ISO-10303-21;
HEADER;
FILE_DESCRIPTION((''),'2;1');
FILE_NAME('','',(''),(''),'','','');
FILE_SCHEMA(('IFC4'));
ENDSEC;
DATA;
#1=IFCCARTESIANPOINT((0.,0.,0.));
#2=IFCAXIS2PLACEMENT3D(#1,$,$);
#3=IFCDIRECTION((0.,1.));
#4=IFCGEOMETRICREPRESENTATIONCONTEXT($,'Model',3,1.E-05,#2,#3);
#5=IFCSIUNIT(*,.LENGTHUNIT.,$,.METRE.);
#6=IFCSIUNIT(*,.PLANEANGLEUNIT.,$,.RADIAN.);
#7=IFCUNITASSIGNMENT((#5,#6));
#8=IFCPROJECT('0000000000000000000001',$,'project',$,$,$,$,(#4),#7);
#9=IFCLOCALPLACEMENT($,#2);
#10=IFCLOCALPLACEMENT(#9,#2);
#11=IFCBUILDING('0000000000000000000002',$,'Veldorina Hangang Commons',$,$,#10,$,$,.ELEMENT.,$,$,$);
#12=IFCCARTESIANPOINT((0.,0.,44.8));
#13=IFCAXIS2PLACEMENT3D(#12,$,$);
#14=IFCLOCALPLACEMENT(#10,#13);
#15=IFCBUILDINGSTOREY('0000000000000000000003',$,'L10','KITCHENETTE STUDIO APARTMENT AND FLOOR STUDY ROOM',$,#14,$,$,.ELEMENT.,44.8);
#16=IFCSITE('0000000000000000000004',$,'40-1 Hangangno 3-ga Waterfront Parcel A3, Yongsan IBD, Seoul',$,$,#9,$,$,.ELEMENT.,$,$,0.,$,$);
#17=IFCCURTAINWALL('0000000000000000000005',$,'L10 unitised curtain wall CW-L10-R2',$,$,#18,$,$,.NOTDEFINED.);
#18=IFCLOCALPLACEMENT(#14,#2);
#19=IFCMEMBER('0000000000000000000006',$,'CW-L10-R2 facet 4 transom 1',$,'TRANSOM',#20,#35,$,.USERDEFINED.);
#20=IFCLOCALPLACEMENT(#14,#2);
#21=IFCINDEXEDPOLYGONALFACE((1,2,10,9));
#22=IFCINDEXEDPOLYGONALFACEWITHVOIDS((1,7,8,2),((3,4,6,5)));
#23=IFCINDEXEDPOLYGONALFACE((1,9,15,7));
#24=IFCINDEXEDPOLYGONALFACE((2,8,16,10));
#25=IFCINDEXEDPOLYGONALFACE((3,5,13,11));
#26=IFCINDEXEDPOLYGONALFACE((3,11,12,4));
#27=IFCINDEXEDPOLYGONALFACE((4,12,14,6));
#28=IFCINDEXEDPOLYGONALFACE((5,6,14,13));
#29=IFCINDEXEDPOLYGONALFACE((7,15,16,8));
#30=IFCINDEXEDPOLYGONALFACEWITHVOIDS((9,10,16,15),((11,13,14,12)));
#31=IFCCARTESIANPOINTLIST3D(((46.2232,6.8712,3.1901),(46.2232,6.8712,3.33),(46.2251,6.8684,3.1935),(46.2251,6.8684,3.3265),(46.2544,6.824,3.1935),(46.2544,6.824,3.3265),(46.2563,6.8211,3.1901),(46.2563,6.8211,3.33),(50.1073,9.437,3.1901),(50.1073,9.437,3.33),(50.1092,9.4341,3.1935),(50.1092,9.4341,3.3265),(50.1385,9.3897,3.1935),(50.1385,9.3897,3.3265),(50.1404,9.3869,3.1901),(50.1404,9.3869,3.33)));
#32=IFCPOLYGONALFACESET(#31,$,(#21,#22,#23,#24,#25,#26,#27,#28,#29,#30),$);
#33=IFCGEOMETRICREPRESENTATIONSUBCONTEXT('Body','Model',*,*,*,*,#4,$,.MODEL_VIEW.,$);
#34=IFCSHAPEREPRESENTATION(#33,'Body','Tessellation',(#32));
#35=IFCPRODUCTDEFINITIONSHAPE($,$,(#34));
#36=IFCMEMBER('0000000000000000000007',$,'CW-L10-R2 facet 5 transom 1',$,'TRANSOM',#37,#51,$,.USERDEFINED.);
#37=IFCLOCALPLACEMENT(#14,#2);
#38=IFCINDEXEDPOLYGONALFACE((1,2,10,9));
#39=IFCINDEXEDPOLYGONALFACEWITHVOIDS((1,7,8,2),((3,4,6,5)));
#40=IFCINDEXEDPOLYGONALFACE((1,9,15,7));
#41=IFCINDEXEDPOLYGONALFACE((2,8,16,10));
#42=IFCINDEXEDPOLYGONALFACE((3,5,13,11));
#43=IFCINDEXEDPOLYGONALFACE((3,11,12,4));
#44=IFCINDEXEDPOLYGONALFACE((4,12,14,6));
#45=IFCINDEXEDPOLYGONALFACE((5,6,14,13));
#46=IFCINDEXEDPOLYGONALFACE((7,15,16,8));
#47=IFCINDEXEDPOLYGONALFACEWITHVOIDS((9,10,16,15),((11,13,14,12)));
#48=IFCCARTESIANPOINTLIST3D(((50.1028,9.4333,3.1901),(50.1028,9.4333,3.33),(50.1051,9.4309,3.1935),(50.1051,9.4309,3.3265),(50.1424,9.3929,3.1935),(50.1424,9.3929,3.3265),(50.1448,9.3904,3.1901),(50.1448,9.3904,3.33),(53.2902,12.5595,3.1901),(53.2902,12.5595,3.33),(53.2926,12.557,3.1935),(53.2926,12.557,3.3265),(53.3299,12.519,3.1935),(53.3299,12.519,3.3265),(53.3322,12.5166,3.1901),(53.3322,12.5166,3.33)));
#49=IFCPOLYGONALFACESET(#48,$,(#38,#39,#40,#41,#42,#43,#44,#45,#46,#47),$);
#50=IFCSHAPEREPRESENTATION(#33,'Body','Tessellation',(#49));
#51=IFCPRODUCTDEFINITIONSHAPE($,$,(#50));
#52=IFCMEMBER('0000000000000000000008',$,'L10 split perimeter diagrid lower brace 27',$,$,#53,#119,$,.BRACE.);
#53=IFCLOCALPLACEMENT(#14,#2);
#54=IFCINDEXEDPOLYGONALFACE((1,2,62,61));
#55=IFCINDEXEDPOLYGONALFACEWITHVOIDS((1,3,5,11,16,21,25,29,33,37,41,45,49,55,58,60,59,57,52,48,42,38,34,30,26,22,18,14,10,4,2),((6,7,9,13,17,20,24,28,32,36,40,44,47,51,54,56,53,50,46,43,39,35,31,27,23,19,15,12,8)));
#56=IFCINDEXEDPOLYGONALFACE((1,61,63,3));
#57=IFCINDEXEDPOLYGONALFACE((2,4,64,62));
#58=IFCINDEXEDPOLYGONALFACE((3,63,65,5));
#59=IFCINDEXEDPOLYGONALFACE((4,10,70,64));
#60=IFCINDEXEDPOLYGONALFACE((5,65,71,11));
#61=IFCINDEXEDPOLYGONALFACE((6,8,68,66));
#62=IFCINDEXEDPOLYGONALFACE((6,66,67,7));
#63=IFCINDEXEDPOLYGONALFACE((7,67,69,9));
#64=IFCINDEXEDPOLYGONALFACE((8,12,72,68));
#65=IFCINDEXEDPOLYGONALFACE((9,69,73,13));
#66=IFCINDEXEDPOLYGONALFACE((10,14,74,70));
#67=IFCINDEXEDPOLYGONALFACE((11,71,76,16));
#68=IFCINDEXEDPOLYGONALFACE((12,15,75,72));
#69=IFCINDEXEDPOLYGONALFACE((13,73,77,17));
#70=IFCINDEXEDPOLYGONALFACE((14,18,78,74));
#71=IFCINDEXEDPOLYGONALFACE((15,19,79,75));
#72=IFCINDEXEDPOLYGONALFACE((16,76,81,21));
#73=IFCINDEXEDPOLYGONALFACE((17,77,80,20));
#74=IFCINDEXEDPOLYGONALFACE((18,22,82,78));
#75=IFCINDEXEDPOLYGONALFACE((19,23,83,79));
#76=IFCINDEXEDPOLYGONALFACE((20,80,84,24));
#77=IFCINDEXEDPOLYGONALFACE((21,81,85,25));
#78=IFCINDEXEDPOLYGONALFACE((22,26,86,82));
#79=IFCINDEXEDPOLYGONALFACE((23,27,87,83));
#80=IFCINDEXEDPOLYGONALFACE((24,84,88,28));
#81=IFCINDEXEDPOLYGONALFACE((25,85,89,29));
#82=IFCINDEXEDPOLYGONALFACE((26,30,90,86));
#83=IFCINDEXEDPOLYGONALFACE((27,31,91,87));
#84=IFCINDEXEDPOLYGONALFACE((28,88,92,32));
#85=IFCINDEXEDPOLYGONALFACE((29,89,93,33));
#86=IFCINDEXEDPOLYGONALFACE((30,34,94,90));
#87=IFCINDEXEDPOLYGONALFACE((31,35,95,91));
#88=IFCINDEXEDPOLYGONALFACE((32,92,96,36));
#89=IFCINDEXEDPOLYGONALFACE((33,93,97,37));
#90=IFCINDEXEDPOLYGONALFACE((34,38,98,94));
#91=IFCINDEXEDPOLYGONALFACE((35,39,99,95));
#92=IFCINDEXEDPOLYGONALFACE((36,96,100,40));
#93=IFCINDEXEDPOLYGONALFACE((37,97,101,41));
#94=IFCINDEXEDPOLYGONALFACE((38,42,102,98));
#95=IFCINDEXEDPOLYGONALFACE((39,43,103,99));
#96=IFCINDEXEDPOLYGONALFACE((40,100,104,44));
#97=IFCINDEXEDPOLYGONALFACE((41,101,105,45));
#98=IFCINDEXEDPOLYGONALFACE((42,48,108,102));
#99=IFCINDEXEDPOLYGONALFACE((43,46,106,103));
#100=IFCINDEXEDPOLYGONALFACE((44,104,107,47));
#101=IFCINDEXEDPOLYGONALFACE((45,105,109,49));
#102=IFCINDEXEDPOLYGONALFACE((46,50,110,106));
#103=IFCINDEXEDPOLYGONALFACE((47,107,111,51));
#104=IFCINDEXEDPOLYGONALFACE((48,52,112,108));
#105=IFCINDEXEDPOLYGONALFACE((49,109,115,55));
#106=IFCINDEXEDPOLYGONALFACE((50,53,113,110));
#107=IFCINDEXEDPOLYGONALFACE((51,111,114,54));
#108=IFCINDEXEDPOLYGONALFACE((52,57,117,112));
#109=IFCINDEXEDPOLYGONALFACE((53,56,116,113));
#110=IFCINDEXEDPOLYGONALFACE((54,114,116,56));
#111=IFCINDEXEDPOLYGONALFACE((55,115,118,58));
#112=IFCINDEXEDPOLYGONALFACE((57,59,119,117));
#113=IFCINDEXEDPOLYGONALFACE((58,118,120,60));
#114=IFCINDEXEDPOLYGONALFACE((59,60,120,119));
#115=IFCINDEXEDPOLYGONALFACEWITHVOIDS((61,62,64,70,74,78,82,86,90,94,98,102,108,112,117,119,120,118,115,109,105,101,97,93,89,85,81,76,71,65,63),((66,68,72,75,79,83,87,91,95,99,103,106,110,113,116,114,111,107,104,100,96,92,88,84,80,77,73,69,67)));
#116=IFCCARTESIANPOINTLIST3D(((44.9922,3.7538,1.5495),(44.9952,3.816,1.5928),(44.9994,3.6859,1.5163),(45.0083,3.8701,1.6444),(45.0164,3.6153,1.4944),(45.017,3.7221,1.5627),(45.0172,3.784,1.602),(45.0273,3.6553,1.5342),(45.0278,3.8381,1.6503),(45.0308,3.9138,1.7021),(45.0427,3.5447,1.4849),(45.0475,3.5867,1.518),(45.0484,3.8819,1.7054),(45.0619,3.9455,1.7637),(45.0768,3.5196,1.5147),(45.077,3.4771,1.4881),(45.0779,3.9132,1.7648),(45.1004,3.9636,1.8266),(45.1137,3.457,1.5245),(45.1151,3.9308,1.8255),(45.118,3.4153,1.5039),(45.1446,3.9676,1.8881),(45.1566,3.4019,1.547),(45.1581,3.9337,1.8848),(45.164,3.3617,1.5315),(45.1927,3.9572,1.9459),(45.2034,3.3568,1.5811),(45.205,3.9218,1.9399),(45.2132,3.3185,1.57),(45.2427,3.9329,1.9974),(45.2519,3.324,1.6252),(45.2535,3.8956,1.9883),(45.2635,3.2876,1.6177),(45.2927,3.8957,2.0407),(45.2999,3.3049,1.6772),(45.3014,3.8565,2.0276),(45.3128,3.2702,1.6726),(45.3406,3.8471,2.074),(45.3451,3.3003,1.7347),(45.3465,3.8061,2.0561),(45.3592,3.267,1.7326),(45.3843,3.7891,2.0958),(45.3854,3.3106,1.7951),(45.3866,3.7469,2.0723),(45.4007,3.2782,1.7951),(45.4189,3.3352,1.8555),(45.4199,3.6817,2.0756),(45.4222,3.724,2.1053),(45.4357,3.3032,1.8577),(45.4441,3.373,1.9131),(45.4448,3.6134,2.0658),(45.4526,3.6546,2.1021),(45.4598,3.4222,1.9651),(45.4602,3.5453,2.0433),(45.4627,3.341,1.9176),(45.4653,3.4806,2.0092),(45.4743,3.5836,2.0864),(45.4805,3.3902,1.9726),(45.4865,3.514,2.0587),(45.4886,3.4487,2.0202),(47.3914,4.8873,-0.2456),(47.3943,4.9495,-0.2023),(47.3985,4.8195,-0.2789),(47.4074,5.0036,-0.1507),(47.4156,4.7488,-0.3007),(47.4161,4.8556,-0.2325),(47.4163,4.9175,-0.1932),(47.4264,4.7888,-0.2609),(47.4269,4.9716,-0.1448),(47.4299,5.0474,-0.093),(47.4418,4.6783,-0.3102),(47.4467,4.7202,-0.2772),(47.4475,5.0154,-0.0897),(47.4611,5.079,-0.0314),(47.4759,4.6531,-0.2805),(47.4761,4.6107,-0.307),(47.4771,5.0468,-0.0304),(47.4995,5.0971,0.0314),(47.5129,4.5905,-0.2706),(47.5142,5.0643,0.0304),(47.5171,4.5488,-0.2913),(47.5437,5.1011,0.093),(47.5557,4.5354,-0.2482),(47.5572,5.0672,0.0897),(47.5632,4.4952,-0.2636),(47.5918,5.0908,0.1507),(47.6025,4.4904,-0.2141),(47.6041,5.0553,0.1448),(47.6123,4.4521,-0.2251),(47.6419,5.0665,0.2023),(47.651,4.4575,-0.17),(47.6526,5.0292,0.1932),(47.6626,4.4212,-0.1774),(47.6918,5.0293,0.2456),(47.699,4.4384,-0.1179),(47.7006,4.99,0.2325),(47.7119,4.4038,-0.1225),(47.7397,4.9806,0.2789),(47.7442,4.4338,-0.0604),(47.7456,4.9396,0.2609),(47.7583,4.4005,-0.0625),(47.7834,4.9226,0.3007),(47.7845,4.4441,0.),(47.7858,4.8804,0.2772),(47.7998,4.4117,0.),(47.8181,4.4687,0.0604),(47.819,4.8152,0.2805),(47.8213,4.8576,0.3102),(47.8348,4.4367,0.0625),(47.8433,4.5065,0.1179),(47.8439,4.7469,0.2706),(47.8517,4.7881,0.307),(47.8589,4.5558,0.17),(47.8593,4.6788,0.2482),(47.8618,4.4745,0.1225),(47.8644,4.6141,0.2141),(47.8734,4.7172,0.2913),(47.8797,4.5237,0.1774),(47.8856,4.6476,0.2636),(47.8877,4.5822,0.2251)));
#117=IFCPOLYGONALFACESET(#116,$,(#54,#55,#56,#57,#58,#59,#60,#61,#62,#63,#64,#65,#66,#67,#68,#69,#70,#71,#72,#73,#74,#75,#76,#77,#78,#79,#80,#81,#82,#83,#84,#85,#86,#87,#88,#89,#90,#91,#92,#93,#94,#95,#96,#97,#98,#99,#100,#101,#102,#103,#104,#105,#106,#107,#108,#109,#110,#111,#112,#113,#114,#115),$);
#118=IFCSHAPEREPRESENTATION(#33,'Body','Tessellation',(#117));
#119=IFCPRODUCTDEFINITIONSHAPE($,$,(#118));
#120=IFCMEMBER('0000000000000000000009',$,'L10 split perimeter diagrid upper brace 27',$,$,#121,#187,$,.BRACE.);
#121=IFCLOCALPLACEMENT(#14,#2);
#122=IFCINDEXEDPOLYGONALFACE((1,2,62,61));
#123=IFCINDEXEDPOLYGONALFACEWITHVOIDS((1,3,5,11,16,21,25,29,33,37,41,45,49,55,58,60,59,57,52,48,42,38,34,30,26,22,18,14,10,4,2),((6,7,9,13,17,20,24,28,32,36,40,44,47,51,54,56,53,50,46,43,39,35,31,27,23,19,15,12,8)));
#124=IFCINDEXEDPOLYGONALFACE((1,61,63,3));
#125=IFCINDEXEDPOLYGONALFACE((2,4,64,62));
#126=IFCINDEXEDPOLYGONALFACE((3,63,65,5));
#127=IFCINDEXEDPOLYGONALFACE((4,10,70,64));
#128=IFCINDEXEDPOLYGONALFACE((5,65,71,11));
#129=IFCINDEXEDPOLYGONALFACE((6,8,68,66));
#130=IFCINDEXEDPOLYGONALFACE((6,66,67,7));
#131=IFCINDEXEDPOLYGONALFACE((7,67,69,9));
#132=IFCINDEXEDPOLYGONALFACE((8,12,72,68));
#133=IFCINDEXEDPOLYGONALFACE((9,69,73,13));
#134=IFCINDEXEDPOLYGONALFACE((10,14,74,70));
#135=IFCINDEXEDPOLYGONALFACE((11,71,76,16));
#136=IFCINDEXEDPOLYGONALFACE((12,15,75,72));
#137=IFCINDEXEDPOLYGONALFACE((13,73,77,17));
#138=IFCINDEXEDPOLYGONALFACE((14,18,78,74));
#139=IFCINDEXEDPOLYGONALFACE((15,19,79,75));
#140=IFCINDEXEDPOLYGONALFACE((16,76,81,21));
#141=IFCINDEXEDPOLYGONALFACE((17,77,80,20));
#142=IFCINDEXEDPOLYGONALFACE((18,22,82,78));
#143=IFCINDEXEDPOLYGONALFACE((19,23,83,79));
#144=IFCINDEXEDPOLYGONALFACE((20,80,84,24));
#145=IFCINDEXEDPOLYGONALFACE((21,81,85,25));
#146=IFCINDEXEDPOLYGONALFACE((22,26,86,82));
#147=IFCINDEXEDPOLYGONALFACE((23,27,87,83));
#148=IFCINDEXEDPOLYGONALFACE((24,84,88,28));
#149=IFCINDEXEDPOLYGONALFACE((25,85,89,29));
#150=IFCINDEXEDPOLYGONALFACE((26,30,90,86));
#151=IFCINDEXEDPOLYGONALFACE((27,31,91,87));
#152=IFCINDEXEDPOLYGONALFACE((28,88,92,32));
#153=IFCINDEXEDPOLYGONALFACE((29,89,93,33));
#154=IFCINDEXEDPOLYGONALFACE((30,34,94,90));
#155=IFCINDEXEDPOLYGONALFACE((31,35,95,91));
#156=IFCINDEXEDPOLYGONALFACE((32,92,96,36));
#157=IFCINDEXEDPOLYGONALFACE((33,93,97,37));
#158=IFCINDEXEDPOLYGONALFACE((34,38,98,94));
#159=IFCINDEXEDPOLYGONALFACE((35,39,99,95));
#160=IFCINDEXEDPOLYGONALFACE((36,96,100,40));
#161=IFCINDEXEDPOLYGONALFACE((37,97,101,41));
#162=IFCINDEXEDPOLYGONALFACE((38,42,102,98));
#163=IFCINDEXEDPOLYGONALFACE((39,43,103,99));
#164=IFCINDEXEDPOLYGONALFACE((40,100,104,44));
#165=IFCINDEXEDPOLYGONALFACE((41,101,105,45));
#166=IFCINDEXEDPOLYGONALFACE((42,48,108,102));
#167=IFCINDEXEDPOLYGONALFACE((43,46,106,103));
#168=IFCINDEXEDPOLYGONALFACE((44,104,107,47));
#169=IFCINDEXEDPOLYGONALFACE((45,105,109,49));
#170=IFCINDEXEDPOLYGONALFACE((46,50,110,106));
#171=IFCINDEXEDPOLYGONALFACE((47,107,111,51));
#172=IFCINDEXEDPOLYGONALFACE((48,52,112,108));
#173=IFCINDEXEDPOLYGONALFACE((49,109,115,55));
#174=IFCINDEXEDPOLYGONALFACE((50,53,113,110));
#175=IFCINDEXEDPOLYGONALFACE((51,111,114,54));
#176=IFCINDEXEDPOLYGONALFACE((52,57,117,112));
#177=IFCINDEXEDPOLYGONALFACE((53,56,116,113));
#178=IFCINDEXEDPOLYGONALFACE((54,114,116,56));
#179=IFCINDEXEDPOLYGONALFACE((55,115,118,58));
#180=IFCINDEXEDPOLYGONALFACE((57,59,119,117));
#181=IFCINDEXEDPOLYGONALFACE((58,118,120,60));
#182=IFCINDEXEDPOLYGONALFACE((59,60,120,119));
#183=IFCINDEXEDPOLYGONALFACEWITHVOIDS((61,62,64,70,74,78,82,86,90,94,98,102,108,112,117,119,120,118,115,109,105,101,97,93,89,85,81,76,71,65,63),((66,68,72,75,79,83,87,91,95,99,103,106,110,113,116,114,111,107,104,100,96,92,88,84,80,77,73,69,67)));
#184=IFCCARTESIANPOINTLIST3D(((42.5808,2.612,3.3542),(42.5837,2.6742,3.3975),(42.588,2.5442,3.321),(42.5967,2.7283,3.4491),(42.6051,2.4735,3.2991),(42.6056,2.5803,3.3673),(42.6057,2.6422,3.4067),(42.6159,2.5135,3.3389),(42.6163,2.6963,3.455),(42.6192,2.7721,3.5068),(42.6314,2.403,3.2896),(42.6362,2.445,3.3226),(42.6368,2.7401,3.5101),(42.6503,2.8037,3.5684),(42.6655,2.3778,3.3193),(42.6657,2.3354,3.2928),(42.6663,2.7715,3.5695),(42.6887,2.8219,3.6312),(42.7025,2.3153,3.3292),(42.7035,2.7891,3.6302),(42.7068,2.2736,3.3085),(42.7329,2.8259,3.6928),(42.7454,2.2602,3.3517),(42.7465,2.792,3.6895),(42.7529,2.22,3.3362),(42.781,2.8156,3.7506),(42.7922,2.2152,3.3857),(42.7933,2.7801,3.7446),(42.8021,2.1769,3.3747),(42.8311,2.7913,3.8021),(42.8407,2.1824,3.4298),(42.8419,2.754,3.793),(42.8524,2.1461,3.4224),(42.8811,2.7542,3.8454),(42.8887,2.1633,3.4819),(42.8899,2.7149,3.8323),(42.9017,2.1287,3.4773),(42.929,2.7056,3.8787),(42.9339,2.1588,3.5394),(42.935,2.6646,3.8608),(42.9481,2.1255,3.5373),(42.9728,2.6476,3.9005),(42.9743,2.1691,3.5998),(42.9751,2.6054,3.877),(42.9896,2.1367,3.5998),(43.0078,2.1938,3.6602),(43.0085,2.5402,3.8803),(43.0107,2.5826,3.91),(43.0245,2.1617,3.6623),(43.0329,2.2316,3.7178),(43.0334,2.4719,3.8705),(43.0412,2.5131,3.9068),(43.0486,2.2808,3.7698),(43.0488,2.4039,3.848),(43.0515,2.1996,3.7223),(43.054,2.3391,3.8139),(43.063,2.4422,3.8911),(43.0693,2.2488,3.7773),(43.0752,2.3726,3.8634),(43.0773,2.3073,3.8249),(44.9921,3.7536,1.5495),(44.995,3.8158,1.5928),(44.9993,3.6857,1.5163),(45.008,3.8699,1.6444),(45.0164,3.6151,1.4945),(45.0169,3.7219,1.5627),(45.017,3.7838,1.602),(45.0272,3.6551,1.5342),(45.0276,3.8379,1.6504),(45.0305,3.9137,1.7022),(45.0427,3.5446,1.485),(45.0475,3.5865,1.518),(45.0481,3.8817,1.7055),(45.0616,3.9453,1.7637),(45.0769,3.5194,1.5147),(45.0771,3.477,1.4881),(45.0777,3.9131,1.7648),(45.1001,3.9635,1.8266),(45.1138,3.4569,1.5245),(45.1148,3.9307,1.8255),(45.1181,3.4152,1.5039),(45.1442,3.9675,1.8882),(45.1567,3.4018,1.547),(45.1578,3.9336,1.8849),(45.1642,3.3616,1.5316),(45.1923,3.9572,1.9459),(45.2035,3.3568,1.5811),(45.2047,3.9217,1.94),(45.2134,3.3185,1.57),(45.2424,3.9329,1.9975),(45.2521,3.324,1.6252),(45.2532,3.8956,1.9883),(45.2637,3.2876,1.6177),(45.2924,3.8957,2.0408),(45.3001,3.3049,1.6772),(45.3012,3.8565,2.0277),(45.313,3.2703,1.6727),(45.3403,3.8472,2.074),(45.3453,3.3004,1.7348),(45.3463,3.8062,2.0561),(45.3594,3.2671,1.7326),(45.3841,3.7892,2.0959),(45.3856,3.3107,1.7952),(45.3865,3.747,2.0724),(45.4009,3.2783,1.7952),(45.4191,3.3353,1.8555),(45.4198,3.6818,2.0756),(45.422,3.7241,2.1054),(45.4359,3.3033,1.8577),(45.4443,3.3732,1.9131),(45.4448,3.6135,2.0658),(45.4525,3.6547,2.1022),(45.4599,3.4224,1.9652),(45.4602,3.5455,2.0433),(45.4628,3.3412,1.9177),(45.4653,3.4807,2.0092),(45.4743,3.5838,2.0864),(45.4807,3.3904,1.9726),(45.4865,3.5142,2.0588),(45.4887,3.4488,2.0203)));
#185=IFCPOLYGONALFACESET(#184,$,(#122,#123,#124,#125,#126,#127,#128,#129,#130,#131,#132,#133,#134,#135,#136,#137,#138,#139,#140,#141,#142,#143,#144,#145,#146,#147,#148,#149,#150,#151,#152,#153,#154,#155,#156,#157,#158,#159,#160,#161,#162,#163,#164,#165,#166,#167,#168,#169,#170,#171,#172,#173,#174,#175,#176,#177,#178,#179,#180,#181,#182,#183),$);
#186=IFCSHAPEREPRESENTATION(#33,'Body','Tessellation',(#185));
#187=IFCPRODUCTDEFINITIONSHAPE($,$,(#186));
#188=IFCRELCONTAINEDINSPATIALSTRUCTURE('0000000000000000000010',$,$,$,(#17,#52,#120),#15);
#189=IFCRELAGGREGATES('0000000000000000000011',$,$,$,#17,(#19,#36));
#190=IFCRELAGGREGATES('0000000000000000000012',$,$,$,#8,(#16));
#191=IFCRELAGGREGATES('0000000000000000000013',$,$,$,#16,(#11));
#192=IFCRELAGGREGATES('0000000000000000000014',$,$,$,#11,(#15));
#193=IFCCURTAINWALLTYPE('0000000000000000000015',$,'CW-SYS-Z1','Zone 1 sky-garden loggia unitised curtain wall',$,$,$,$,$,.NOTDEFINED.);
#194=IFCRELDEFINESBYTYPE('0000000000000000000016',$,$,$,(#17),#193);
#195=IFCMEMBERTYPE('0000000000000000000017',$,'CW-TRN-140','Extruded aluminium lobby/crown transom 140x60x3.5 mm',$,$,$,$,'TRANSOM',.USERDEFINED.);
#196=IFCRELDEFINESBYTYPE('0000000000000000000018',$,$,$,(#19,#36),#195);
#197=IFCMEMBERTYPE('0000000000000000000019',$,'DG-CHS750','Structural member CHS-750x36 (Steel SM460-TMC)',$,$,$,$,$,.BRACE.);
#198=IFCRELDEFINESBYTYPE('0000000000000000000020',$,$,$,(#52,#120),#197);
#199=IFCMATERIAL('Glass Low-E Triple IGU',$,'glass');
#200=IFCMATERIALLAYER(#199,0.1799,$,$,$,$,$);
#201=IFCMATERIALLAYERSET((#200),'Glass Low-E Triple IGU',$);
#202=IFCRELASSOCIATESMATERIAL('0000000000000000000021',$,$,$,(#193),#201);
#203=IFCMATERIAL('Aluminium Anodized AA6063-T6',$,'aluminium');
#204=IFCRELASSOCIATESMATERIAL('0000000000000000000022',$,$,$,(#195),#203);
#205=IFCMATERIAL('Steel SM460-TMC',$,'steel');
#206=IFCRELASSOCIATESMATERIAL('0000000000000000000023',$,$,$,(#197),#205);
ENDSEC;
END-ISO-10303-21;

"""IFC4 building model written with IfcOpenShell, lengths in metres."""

from ifc_helpers import new_model, si_unit, direction, frame, origin, origin_2d, place, context, subcontext, project, spatial, hollow_rectangle, hollow_circle, extrude, material, layer, layer_set, material_profile, profile_set, type_object, element, aggregate, save


model = new_model("IFC4")

# Units and contexts
model_context = context("Model", 3, precision=1e-05, world=origin(), true_north=direction((0.0, 1.0)))
body_context = subcontext(model_context, "Body", "Model", "MODEL_VIEW")
ifc_project = project(units=[si_unit("LENGTHUNIT", "METRE"), si_unit("PLANEANGLEUNIT", "RADIAN")], contexts=[model_context])

# Site, building, storey
site_placement = place(None, origin())
site = spatial("IfcSite", under=ifc_project, at=site_placement, Name="40-1 Hangangno 3-ga Waterfront Parcel A3, Yongsan IBD, Seoul", CompositionType="ELEMENT", RefElevation=0.0)
building_placement = place(site_placement, origin())
building = spatial("IfcBuilding", under=site, at=building_placement, Name="Veldorina Hangang Commons", CompositionType="ELEMENT")
storey_placement = place(building_placement, frame((0.0, 0.0, 44.8)))
storey = spatial("IfcBuildingStorey", under=building, at=storey_placement, Name="L10", Description="KITCHENETTE STUDIO APARTMENT AND FLOOR STUDY ROOM", CompositionType="ELEMENT", Elevation=44.8)

# Shared definitions
ifc_material_1 = material(Name="Steel SM460-TMC", Category="steel")

# Curtain wall, members
ifc_material_2 = material(Name="Glass Low-E Triple IGU", Category="glass")
ifc_layer_1 = layer(ifc_material_2, 0.1799)
ifc_layer_set_1 = layer_set([ifc_layer_1], Name="Glass Low-E Triple IGU")
curtain_wall_type = type_object("IfcCurtainWallType", Name="CW-SYS-Z1", Description="Zone 1 sky-garden loggia unitised curtain wall", PredefinedType="NOTDEFINED", material=ifc_layer_set_1)
curtain_wall_placement = place(storey_placement, origin())
curtain_wall = element("IfcCurtainWall", 1, at=curtain_wall_placement, inside=storey, type_object=curtain_wall_type, Name="L10 unitised curtain wall CW-L10-R2", PredefinedType="NOTDEFINED")
ifc_material_3 = material(Name="Aluminium Anodized AA6063-T6", Category="aluminium")
ifc_material_profile_1 = material_profile(ifc_material_3, hollow_rectangle(XDim=0.0601, YDim=0.1399, WallThickness=0.0034, at=origin_2d()), Name="ALU-RHS-140x60x3.5")
ifc_profile_set_1 = profile_set([ifc_material_profile_1], Name="Aluminium Anodized AA6063-T6")
member_type_1 = type_object("IfcMemberType", Name="CW-TRN-140", Description="Extruded aluminium lobby/crown transom 140x60x3.5 mm", ElementType="TRANSOM", PredefinedType="USERDEFINED", material=ifc_profile_set_1)
member_1_placement = place(storey_placement, frame((46.2397, 6.8462, 3.26), z_axis=(0.834391, 0.551173, 0.0), x_axis=(-0.551173, 0.834391, 0.0)))
member_1 = element("IfcMember", 2, at=member_1_placement, type_object=member_type_1, Name="CW-L10-R2 facet 4 transom 1", ObjectType="TRANSOM", PredefinedType="USERDEFINED", context=body_context, shape_type="SweptSolid", body=[
    extrude(hollow_rectangle(XDim=0.0601, YDim=0.1399, WallThickness=0.0034, at=origin_2d()), origin(), (0.0, 0.0, 1.0), 4.655),
])
member_2_placement = place(storey_placement, frame((50.1238, 9.4119, 3.26), z_axis=(0.713936, 0.700211, 0.0), x_axis=(-0.700211, 0.713936, 0.0)))
member_2 = element("IfcMember", 3, at=member_2_placement, type_object=member_type_1, Name="CW-L10-R2 facet 5 transom 1", ObjectType="TRANSOM", PredefinedType="USERDEFINED", context=body_context, shape_type="SweptSolid", body=[
    extrude(hollow_rectangle(XDim=0.0601, YDim=0.1399, WallThickness=0.0034, at=origin_2d()), origin(), (0.0, 0.0, 1.0), 4.4646),
])

# Members
ifc_material_profile_2 = material_profile(ifc_material_1, hollow_circle(Radius=0.375, WallThickness=0.0359, at=origin_2d()), Name="CHS-750x36")
ifc_profile_set_2 = profile_set([ifc_material_profile_2], Name="Steel SM460-TMC")
member_type_2 = type_object("IfcMemberType", Name="DG-CHS750", Description="Structural member CHS-750x36 (Steel SM460-TMC)", PredefinedType="BRACE", material=ifc_profile_set_2)
member_3_placement = place(storey_placement, frame((47.6396, 4.7507, 0.0), z_axis=(-0.74888, -0.353826, 0.560345), x_axis=(0.427192, -0.904161, 0.0)))
element("IfcMember", 4, at=member_3_placement, inside=storey, type_object=member_type_2, Name="L10 split perimeter diagrid lower brace 27", PredefinedType="BRACE", context=body_context, shape_type="SweptSolid", body=[
    extrude(hollow_circle(Radius=0.375, WallThickness=0.0359, at=origin_2d()), origin(), (0.0, 0.0, 1.0), 3.2036),
])
member_4_placement = place(storey_placement, frame((45.2405, 3.6172, 1.7952), z_axis=(-0.748641, -0.354424, 0.560287), x_axis=(0.427894, -0.903829, 0.0)))
element("IfcMember", 5, at=member_4_placement, inside=storey, type_object=member_type_2, Name="L10 split perimeter diagrid upper brace 27", PredefinedType="BRACE", context=body_context, shape_type="SweptSolid", body=[
    extrude(hollow_circle(Radius=0.375, WallThickness=0.0359, at=origin_2d()), origin(), (0.0, 0.0, 1.0), 3.2209),
])

aggregate(curtain_wall, [member_1, member_2])

save(model, "model.ifc")
